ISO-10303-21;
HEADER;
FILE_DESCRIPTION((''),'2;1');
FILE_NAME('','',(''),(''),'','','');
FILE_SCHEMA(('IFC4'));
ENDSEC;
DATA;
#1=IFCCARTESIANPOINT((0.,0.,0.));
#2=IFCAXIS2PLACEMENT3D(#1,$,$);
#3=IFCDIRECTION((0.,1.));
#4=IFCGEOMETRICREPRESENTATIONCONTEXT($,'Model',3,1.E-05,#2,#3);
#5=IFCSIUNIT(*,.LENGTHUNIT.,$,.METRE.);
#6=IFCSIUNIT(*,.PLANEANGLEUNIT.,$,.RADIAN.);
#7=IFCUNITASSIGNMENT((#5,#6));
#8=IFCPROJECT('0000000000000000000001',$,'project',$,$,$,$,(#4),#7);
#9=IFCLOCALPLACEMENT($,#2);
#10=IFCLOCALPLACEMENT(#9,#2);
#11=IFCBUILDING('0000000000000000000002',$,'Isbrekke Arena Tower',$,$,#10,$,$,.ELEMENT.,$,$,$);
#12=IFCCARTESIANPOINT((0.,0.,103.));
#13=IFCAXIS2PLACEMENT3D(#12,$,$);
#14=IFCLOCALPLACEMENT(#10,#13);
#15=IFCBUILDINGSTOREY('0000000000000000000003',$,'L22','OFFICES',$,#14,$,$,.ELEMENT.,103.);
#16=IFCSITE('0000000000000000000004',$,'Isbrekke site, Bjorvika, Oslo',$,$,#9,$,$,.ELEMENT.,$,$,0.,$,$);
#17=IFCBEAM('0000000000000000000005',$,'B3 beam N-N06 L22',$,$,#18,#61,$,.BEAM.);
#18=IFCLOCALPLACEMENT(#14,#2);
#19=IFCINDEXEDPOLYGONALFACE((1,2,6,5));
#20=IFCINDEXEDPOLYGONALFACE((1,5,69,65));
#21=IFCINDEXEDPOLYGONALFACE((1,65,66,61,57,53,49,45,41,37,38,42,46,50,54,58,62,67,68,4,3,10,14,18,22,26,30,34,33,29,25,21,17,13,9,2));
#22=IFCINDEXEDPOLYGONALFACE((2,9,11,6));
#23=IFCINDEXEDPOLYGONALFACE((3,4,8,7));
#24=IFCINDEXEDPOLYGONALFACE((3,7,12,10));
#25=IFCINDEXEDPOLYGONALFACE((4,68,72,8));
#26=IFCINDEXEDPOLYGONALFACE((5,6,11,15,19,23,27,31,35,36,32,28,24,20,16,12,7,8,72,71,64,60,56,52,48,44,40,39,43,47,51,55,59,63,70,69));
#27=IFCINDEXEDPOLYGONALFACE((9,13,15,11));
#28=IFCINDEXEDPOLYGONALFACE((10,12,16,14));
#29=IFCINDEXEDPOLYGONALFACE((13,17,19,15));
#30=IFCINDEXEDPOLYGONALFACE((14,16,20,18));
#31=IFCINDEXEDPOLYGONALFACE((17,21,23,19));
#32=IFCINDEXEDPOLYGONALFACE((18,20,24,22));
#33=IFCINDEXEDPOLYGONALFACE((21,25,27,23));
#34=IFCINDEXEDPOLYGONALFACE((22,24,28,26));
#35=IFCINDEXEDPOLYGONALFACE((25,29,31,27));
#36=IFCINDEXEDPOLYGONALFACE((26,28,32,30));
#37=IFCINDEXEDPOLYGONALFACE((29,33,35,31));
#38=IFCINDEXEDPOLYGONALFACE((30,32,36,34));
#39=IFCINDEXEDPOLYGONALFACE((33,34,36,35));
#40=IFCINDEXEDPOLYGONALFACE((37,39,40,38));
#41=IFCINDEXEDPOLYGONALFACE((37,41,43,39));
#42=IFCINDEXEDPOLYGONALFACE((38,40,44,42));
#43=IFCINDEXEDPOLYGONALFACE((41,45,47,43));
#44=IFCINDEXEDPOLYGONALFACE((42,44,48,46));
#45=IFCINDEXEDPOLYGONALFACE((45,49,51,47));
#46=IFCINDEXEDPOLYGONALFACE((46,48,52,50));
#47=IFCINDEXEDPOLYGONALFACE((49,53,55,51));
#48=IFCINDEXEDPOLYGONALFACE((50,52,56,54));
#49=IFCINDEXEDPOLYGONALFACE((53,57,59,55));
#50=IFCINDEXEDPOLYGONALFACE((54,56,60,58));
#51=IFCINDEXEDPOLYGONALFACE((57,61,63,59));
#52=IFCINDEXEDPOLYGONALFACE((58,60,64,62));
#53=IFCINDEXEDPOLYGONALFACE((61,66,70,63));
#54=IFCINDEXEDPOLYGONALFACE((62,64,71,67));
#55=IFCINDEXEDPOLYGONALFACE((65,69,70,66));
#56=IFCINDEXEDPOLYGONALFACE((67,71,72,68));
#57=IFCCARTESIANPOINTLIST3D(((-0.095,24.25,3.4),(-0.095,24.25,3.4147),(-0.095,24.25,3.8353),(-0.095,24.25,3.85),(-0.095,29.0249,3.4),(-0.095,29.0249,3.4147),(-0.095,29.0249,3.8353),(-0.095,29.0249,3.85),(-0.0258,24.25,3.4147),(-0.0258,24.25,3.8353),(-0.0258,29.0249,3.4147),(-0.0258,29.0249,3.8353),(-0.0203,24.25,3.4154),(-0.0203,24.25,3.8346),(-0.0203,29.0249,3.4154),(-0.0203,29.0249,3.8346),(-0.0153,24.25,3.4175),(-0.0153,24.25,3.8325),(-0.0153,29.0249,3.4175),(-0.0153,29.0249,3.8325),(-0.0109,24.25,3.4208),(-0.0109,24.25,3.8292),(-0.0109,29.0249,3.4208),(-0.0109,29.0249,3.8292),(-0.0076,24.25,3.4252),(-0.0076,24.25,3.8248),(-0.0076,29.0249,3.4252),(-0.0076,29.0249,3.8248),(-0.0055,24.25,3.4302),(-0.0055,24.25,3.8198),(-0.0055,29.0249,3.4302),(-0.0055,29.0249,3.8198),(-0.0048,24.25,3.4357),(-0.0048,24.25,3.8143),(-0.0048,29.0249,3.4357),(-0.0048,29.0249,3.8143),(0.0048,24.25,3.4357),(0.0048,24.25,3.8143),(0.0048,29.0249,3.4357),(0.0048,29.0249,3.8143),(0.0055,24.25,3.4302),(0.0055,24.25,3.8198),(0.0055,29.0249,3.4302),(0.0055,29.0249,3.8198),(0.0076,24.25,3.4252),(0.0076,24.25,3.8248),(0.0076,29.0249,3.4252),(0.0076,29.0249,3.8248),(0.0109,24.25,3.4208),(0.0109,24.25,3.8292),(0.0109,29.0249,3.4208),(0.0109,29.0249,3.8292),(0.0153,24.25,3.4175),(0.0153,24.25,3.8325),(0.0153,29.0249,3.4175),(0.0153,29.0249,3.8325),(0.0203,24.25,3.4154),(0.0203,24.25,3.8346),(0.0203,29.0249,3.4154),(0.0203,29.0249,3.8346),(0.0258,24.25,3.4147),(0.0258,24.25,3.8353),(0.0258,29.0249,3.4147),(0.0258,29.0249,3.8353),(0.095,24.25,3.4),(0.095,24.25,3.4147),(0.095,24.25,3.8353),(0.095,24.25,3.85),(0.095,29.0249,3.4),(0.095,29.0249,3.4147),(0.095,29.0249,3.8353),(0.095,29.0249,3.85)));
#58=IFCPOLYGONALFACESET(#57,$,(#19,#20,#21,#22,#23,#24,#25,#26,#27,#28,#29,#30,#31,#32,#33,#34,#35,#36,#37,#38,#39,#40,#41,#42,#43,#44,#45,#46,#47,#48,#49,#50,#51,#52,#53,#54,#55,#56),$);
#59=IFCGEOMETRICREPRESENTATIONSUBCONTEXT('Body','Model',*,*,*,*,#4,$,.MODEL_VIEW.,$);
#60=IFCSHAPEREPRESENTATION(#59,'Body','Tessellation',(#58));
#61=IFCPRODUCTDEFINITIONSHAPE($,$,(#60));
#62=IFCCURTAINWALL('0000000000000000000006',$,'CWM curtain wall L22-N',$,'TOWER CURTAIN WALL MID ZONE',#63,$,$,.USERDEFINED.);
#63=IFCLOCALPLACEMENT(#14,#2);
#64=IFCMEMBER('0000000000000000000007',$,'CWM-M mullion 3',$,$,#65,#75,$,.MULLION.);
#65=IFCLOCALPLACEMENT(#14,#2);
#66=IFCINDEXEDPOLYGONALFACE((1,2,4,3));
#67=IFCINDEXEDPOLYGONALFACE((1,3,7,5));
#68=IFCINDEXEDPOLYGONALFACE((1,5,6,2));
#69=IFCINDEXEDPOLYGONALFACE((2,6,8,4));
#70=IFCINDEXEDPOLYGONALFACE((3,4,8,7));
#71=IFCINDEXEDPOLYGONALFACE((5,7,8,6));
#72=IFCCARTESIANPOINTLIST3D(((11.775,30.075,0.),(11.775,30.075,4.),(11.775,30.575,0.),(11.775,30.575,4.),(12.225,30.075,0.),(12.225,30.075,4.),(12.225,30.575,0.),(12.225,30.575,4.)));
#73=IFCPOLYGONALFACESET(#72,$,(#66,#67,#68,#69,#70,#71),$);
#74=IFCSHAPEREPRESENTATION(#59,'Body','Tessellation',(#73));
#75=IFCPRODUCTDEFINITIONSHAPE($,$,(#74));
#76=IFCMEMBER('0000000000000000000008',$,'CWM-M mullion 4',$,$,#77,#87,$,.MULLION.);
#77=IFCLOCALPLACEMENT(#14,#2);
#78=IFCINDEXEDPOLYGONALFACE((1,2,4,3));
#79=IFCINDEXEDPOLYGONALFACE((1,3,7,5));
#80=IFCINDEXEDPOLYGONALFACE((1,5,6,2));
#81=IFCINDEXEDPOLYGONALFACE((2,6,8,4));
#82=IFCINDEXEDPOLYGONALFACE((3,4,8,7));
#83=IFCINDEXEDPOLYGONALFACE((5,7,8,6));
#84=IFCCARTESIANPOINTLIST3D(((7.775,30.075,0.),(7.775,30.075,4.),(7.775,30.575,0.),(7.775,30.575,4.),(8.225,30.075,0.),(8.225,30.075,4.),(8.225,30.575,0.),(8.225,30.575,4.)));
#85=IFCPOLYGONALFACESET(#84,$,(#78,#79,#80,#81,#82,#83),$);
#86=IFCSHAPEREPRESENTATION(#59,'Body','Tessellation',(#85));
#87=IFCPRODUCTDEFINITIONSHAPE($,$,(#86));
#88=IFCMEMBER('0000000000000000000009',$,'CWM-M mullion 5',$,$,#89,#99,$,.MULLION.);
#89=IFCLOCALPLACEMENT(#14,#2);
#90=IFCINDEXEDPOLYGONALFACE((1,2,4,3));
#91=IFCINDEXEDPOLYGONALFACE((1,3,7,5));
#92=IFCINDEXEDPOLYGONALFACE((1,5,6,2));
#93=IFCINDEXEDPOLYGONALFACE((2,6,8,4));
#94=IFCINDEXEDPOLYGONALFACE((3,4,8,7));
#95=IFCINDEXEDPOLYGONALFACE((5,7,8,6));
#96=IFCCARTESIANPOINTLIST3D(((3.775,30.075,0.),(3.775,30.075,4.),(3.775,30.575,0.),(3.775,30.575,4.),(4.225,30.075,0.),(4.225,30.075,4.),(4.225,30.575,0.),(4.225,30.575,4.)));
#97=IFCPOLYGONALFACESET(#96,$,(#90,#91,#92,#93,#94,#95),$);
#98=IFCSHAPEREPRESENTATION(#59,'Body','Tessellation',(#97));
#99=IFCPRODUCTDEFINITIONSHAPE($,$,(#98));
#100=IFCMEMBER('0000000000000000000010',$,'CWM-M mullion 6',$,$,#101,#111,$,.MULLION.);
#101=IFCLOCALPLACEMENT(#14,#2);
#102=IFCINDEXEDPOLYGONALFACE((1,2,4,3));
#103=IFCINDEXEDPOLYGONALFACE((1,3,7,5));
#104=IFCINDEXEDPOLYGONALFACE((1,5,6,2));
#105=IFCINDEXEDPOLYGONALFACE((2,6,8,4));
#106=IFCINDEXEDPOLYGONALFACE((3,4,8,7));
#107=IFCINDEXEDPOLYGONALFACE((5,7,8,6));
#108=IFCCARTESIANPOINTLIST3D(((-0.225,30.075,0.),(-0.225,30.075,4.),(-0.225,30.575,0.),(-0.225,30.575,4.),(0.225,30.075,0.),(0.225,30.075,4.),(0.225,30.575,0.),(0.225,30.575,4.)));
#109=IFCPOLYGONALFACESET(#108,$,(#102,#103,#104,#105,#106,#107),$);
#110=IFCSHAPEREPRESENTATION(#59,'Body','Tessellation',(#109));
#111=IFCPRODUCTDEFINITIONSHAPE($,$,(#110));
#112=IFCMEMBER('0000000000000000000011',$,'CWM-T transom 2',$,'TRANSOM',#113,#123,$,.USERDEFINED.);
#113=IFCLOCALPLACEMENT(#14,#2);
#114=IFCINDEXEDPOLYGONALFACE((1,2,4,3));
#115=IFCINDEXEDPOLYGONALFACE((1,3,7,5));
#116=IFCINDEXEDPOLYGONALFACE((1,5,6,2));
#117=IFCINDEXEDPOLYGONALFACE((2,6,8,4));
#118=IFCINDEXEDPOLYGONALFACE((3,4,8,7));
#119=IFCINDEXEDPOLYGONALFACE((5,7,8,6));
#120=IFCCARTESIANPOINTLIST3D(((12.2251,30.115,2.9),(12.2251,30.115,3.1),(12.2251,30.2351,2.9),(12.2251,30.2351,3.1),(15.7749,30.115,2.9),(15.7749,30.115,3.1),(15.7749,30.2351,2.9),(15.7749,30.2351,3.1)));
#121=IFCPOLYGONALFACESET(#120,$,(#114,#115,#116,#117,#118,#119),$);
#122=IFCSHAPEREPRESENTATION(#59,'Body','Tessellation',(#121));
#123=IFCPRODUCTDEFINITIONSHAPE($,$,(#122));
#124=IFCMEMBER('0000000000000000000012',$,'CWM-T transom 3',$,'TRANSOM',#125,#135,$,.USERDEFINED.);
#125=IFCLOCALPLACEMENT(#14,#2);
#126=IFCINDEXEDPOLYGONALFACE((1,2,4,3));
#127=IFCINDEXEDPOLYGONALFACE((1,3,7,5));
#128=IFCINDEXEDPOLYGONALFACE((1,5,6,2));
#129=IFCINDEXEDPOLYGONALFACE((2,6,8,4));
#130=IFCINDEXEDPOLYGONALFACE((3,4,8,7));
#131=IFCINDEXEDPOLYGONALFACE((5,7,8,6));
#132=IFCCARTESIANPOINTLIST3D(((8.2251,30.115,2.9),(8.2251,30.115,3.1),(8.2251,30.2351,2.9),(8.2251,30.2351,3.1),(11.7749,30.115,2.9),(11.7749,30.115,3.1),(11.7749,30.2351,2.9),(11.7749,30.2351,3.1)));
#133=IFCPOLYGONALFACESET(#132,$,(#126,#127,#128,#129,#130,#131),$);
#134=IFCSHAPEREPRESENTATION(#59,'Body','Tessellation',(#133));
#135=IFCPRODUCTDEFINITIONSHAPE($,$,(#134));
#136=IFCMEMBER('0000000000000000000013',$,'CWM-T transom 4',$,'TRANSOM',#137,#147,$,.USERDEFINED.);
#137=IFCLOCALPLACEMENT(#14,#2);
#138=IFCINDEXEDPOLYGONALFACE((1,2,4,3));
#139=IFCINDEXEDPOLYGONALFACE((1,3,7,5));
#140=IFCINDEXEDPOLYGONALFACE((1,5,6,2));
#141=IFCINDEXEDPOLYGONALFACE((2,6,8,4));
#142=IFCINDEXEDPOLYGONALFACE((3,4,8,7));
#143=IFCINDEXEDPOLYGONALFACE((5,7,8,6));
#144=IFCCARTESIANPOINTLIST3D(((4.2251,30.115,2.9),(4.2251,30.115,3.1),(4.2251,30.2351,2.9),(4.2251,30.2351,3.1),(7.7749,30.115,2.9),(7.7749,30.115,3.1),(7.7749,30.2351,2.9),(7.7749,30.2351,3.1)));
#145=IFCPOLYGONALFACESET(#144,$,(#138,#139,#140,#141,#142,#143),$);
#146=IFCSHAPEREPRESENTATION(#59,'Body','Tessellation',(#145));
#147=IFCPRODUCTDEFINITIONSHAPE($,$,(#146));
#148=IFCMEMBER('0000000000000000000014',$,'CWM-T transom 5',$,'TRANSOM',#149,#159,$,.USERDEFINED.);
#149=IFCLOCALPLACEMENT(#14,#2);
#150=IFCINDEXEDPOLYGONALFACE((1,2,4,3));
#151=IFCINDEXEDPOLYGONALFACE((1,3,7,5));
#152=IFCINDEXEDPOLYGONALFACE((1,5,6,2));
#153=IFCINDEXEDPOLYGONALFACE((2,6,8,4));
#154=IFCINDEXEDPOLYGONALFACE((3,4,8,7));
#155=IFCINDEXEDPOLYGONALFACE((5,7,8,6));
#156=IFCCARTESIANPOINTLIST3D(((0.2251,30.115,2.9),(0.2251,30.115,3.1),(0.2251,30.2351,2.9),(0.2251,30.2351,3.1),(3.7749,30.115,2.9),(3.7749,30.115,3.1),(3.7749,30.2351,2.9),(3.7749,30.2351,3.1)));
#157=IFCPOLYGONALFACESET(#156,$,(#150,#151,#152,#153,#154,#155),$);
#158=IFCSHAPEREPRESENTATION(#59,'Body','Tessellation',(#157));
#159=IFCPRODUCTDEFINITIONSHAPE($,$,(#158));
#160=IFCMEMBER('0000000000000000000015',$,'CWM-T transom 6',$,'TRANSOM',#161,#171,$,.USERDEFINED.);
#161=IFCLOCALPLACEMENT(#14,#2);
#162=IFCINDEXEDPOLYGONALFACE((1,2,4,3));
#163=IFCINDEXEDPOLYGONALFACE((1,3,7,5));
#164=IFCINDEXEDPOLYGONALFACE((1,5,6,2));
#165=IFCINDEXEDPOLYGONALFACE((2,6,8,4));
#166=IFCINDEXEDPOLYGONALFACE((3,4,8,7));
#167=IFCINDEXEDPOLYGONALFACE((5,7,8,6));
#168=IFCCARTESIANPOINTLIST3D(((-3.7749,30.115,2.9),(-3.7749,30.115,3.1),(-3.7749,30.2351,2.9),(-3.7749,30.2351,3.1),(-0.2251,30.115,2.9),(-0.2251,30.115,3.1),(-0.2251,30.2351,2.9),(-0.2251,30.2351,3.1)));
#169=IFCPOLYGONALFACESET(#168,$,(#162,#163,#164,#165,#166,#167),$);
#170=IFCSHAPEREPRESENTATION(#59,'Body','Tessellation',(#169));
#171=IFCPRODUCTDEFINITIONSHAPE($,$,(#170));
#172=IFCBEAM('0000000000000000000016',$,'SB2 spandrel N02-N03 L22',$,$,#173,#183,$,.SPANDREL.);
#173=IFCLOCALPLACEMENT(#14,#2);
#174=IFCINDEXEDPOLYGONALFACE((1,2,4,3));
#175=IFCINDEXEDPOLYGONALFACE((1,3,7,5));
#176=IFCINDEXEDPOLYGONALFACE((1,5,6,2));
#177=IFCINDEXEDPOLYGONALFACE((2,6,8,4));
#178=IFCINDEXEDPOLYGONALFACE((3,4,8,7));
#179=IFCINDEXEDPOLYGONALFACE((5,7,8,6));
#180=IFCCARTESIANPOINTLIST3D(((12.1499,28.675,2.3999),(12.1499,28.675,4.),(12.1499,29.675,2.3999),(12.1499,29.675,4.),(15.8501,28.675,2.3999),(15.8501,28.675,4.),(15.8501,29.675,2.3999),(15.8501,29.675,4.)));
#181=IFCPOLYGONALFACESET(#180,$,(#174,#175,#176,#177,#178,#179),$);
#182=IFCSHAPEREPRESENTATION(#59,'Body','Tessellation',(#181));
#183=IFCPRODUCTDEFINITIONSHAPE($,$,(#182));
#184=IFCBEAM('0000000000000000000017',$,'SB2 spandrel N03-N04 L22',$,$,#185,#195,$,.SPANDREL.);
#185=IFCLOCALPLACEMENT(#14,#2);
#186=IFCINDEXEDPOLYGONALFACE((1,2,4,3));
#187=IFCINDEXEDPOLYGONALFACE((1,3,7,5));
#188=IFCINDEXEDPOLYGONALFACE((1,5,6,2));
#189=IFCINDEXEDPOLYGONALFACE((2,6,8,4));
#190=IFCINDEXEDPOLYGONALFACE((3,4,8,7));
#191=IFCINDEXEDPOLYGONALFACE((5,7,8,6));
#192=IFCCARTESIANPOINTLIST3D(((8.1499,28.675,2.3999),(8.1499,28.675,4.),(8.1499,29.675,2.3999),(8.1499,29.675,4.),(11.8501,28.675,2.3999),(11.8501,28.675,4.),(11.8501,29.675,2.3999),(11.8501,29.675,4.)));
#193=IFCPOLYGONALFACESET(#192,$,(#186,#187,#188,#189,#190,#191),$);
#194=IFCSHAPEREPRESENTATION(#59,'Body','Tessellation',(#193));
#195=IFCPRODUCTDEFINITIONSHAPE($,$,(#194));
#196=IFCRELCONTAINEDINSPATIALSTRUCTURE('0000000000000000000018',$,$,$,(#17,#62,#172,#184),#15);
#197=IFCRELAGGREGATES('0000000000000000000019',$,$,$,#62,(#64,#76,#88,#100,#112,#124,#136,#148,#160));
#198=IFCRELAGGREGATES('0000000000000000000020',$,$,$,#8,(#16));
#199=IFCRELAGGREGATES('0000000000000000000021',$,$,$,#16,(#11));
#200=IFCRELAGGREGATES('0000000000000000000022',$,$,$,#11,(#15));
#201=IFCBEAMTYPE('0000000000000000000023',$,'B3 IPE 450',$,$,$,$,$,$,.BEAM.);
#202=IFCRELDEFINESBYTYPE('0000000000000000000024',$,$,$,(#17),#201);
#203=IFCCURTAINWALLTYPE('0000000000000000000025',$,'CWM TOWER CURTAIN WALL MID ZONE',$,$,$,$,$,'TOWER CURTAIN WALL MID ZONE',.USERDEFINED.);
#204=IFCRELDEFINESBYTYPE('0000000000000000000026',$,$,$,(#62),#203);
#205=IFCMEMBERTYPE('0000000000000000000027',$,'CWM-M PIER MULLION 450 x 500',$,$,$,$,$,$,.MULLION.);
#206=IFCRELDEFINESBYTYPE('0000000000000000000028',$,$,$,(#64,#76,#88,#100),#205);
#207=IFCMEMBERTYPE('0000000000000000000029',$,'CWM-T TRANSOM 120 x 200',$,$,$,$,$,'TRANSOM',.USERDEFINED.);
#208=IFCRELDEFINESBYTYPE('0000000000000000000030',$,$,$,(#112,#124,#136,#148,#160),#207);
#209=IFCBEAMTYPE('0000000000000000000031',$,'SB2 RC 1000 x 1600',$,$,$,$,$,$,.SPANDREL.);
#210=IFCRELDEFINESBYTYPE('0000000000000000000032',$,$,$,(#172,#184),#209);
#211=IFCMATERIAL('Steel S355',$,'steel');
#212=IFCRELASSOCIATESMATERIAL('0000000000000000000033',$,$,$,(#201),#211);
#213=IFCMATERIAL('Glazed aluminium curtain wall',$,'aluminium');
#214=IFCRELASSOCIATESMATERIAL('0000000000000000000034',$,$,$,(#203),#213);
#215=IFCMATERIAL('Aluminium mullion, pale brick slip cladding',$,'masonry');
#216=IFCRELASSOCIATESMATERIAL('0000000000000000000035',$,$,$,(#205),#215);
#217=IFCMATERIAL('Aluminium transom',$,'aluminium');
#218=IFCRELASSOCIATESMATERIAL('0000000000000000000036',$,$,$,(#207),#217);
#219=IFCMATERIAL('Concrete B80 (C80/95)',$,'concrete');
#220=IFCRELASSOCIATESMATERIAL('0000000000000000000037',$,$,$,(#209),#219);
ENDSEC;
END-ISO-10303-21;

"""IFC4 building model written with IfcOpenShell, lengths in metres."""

from ifc_helpers import new_model, si_unit, direction, frame, origin, origin_2d, place, context, subcontext, project, spatial, rectangle, i_section, extrude, material, material_profile, profile_set, type_object, element, aggregate, save


model = new_model("IFC4")

# Units and contexts
model_context = context("Model", 3, precision=1e-05, world=origin(), true_north=direction((0.0, 1.0)))
body_context = subcontext(model_context, "Body", "Model", "MODEL_VIEW")
ifc_project = project(units=[si_unit("LENGTHUNIT", "METRE"), si_unit("PLANEANGLEUNIT", "RADIAN")], contexts=[model_context])

# Site, building, storey
site_placement = place(None, origin())
site = spatial("IfcSite", under=ifc_project, at=site_placement, Name="Isbrekke site, Bjorvika, Oslo", CompositionType="ELEMENT", RefElevation=0.0)
building_placement = place(site_placement, origin())
building = spatial("IfcBuilding", under=site, at=building_placement, Name="Isbrekke Arena Tower", CompositionType="ELEMENT")
storey_placement = place(building_placement, frame((0.0, 0.0, 103.0)))
storey = spatial("IfcBuildingStorey", under=building, at=storey_placement, Name="L22", Description="OFFICES", CompositionType="ELEMENT", Elevation=103.0)

# Beam
ifc_material_1 = material(Name="Steel S355", Category="steel")
ifc_material_profile_1 = material_profile(ifc_material_1, i_section(OverallWidth=0.1899, OverallDepth=0.45, WebThickness=0.0095, FlangeThickness=0.0146, FilletRadius=0.021, at=origin_2d()), Name="IPE 450")
ifc_profile_set_1 = profile_set([ifc_material_profile_1], Name="Steel S355")
beam_type_1 = type_object("IfcBeamType", Name="B3 IPE 450", PredefinedType="BEAM", material=ifc_profile_set_1)
beam_1_placement = place(storey_placement, frame((0.0, 29.0249, 3.625), z_axis=(0.0, -1.0, 0.0), x_axis=(1.0, 0.0, 0.0)))
element("IfcBeam", 1, at=beam_1_placement, inside=storey, type_object=beam_type_1, Name="B3 beam N-N06 L22", PredefinedType="BEAM", context=body_context, shape_type="SweptSolid", body=[
    extrude(i_section(OverallWidth=0.1899, OverallDepth=0.45, WebThickness=0.0095, FlangeThickness=0.0146, FilletRadius=0.021, at=origin_2d()), origin(), (0.0, 0.0, 1.0), 4.7749),
])

# Curtain wall, members
ifc_material_2 = material(Name="Glazed aluminium curtain wall", Category="aluminium")
curtain_wall_type = type_object("IfcCurtainWallType", Name="CWM TOWER CURTAIN WALL MID ZONE", ElementType="TOWER CURTAIN WALL MID ZONE", PredefinedType="USERDEFINED", material=ifc_material_2)
curtain_wall_placement = place(storey_placement, origin())
curtain_wall = element("IfcCurtainWall", 2, at=curtain_wall_placement, inside=storey, type_object=curtain_wall_type, Name="CWM curtain wall L22-N", ObjectType="TOWER CURTAIN WALL MID ZONE", PredefinedType="USERDEFINED")
ifc_material_3 = material(Name="Aluminium mullion, pale brick slip cladding", Category="masonry")
ifc_material_profile_2 = material_profile(ifc_material_3, rectangle(XDim=0.45, YDim=0.5, at=origin_2d()), Name="PIER 450X500")
ifc_profile_set_2 = profile_set([ifc_material_profile_2], Name="Aluminium mullion, pale brick slip cladding")
member_type_1 = type_object("IfcMemberType", Name="CWM-M PIER MULLION 450 x 500", PredefinedType="MULLION", material=ifc_profile_set_2)
member_1_placement = place(storey_placement, frame((12.0, 30.325, 0.0), z_axis=(0.0, 0.0, 1.0), x_axis=(-1.0, 0.0, 0.0)))
member_1 = element("IfcMember", 3, at=member_1_placement, type_object=member_type_1, Name="CWM-M mullion 3", PredefinedType="MULLION", context=body_context, shape_type="SweptSolid", body=[
    extrude(rectangle(XDim=0.45, YDim=0.5, at=origin_2d()), origin(), (0.0, 0.0, 1.0), 4.0),
])
member_2_placement = place(storey_placement, frame((8.0, 30.325, 0.0), z_axis=(0.0, 0.0, 1.0), x_axis=(-1.0, 0.0, 0.0)))
member_2 = element("IfcMember", 4, at=member_2_placement, type_object=member_type_1, Name="CWM-M mullion 4", PredefinedType="MULLION", context=body_context, shape_type="SweptSolid", body=[
    extrude(rectangle(XDim=0.45, YDim=0.5, at=origin_2d()), origin(), (0.0, 0.0, 1.0), 4.0),
])
member_3_placement = place(storey_placement, frame((4.0, 30.325, 0.0), z_axis=(0.0, 0.0, 1.0), x_axis=(-1.0, 0.0, 0.0)))
member_3 = element("IfcMember", 5, at=member_3_placement, type_object=member_type_1, Name="CWM-M mullion 5", PredefinedType="MULLION", context=body_context, shape_type="SweptSolid", body=[
    extrude(rectangle(XDim=0.45, YDim=0.5, at=origin_2d()), origin(), (0.0, 0.0, 1.0), 4.0),
])
member_4_placement = place(storey_placement, frame((0.0, 30.325, 0.0), z_axis=(0.0, 0.0, 1.0), x_axis=(-1.0, 0.0, 0.0)))
member_4 = element("IfcMember", 6, at=member_4_placement, type_object=member_type_1, Name="CWM-M mullion 6", PredefinedType="MULLION", context=body_context, shape_type="SweptSolid", body=[
    extrude(rectangle(XDim=0.45, YDim=0.5, at=origin_2d()), origin(), (0.0, 0.0, 1.0), 4.0),
])
ifc_material_4 = material(Name="Aluminium transom", Category="aluminium")
ifc_material_profile_3 = material_profile(ifc_material_4, rectangle(XDim=0.1201, YDim=0.2, at=origin_2d()), Name="TRANSOM 120X200")
ifc_profile_set_3 = profile_set([ifc_material_profile_3], Name="Aluminium transom")
member_type_2 = type_object("IfcMemberType", Name="CWM-T TRANSOM 120 x 200", ElementType="TRANSOM", PredefinedType="USERDEFINED", material=ifc_profile_set_3)
member_5_placement = place(storey_placement, frame((15.7749, 30.175, 3.0), z_axis=(-1.0, 0.0, 0.0), x_axis=(0.0, -1.0, 0.0)))
member_5 = element("IfcMember", 7, at=member_5_placement, type_object=member_type_2, Name="CWM-T transom 2", ObjectType="TRANSOM", PredefinedType="USERDEFINED", context=body_context, shape_type="SweptSolid", body=[
    extrude(rectangle(XDim=0.1201, YDim=0.2, at=origin_2d()), origin(), (0.0, 0.0, 1.0), 3.5498),
])
member_6_placement = place(storey_placement, frame((11.7749, 30.175, 3.0), z_axis=(-1.0, 0.0, 0.0), x_axis=(0.0, -1.0, 0.0)))
member_6 = element("IfcMember", 8, at=member_6_placement, type_object=member_type_2, Name="CWM-T transom 3", ObjectType="TRANSOM", PredefinedType="USERDEFINED", context=body_context, shape_type="SweptSolid", body=[
    extrude(rectangle(XDim=0.1201, YDim=0.2, at=origin_2d()), origin(), (0.0, 0.0, 1.0), 3.5498),
])
member_7_placement = place(storey_placement, frame((7.7749, 30.175, 3.0), z_axis=(-1.0, 0.0, 0.0), x_axis=(0.0, -1.0, 0.0)))
member_7 = element("IfcMember", 9, at=member_7_placement, type_object=member_type_2, Name="CWM-T transom 4", ObjectType="TRANSOM", PredefinedType="USERDEFINED", context=body_context, shape_type="SweptSolid", body=[
    extrude(rectangle(XDim=0.1201, YDim=0.2, at=origin_2d()), origin(), (0.0, 0.0, 1.0), 3.5498),
])
member_8_placement = place(storey_placement, frame((3.7749, 30.175, 3.0), z_axis=(-1.0, 0.0, 0.0), x_axis=(0.0, -1.0, 0.0)))
member_8 = element("IfcMember", 10, at=member_8_placement, type_object=member_type_2, Name="CWM-T transom 5", ObjectType="TRANSOM", PredefinedType="USERDEFINED", context=body_context, shape_type="SweptSolid", body=[
    extrude(rectangle(XDim=0.1201, YDim=0.2, at=origin_2d()), origin(), (0.0, 0.0, 1.0), 3.5498),
])
member_9_placement = place(storey_placement, frame((-0.2251, 30.175, 3.0), z_axis=(-1.0, 0.0, 0.0), x_axis=(0.0, -1.0, 0.0)))
member_9 = element("IfcMember", 11, at=member_9_placement, type_object=member_type_2, Name="CWM-T transom 6", ObjectType="TRANSOM", PredefinedType="USERDEFINED", context=body_context, shape_type="SweptSolid", body=[
    extrude(rectangle(XDim=0.1201, YDim=0.2, at=origin_2d()), origin(), (0.0, 0.0, 1.0), 3.5498),
])

# Beams
ifc_material_5 = material(Name="Concrete B80 (C80/95)", Category="concrete")
ifc_material_profile_4 = material_profile(ifc_material_5, rectangle(XDim=1.0, YDim=1.6001, at=origin_2d()), Name="RC 1000x1600")
ifc_profile_set_4 = profile_set([ifc_material_profile_4], Name="Concrete B80 (C80/95)")
beam_type_2 = type_object("IfcBeamType", Name="SB2 RC 1000 x 1600", PredefinedType="SPANDREL", material=ifc_profile_set_4)
for number, where, z_axis, x_axis, name in (
    (12, (15.8501, 29.175, 3.2), (-1.0, 0.0, 0.0), (0.0, -1.0, 0.0), "SB2 spandrel N02-N03 L22"),
    (13, (11.8501, 29.175, 3.2), (-1.0, 0.0, 0.0), (0.0, -1.0, 0.0), "SB2 spandrel N03-N04 L22"),
):
    element("IfcBeam", number, at=place(storey_placement, frame(where, z_axis=z_axis, x_axis=x_axis)), inside=storey, type_object=beam_type_2, Name=name, PredefinedType="SPANDREL", context=body_context, shape_type="SweptSolid", body=[
        extrude(rectangle(XDim=1.0, YDim=1.6001, at=origin_2d()), origin(), (0.0, 0.0, 1.0), 3.7002),
    ])

aggregate(curtain_wall, [member_1, member_2, member_3, member_4, member_5, member_6, member_7, member_8, member_9])

save(model, "model.ifc")
